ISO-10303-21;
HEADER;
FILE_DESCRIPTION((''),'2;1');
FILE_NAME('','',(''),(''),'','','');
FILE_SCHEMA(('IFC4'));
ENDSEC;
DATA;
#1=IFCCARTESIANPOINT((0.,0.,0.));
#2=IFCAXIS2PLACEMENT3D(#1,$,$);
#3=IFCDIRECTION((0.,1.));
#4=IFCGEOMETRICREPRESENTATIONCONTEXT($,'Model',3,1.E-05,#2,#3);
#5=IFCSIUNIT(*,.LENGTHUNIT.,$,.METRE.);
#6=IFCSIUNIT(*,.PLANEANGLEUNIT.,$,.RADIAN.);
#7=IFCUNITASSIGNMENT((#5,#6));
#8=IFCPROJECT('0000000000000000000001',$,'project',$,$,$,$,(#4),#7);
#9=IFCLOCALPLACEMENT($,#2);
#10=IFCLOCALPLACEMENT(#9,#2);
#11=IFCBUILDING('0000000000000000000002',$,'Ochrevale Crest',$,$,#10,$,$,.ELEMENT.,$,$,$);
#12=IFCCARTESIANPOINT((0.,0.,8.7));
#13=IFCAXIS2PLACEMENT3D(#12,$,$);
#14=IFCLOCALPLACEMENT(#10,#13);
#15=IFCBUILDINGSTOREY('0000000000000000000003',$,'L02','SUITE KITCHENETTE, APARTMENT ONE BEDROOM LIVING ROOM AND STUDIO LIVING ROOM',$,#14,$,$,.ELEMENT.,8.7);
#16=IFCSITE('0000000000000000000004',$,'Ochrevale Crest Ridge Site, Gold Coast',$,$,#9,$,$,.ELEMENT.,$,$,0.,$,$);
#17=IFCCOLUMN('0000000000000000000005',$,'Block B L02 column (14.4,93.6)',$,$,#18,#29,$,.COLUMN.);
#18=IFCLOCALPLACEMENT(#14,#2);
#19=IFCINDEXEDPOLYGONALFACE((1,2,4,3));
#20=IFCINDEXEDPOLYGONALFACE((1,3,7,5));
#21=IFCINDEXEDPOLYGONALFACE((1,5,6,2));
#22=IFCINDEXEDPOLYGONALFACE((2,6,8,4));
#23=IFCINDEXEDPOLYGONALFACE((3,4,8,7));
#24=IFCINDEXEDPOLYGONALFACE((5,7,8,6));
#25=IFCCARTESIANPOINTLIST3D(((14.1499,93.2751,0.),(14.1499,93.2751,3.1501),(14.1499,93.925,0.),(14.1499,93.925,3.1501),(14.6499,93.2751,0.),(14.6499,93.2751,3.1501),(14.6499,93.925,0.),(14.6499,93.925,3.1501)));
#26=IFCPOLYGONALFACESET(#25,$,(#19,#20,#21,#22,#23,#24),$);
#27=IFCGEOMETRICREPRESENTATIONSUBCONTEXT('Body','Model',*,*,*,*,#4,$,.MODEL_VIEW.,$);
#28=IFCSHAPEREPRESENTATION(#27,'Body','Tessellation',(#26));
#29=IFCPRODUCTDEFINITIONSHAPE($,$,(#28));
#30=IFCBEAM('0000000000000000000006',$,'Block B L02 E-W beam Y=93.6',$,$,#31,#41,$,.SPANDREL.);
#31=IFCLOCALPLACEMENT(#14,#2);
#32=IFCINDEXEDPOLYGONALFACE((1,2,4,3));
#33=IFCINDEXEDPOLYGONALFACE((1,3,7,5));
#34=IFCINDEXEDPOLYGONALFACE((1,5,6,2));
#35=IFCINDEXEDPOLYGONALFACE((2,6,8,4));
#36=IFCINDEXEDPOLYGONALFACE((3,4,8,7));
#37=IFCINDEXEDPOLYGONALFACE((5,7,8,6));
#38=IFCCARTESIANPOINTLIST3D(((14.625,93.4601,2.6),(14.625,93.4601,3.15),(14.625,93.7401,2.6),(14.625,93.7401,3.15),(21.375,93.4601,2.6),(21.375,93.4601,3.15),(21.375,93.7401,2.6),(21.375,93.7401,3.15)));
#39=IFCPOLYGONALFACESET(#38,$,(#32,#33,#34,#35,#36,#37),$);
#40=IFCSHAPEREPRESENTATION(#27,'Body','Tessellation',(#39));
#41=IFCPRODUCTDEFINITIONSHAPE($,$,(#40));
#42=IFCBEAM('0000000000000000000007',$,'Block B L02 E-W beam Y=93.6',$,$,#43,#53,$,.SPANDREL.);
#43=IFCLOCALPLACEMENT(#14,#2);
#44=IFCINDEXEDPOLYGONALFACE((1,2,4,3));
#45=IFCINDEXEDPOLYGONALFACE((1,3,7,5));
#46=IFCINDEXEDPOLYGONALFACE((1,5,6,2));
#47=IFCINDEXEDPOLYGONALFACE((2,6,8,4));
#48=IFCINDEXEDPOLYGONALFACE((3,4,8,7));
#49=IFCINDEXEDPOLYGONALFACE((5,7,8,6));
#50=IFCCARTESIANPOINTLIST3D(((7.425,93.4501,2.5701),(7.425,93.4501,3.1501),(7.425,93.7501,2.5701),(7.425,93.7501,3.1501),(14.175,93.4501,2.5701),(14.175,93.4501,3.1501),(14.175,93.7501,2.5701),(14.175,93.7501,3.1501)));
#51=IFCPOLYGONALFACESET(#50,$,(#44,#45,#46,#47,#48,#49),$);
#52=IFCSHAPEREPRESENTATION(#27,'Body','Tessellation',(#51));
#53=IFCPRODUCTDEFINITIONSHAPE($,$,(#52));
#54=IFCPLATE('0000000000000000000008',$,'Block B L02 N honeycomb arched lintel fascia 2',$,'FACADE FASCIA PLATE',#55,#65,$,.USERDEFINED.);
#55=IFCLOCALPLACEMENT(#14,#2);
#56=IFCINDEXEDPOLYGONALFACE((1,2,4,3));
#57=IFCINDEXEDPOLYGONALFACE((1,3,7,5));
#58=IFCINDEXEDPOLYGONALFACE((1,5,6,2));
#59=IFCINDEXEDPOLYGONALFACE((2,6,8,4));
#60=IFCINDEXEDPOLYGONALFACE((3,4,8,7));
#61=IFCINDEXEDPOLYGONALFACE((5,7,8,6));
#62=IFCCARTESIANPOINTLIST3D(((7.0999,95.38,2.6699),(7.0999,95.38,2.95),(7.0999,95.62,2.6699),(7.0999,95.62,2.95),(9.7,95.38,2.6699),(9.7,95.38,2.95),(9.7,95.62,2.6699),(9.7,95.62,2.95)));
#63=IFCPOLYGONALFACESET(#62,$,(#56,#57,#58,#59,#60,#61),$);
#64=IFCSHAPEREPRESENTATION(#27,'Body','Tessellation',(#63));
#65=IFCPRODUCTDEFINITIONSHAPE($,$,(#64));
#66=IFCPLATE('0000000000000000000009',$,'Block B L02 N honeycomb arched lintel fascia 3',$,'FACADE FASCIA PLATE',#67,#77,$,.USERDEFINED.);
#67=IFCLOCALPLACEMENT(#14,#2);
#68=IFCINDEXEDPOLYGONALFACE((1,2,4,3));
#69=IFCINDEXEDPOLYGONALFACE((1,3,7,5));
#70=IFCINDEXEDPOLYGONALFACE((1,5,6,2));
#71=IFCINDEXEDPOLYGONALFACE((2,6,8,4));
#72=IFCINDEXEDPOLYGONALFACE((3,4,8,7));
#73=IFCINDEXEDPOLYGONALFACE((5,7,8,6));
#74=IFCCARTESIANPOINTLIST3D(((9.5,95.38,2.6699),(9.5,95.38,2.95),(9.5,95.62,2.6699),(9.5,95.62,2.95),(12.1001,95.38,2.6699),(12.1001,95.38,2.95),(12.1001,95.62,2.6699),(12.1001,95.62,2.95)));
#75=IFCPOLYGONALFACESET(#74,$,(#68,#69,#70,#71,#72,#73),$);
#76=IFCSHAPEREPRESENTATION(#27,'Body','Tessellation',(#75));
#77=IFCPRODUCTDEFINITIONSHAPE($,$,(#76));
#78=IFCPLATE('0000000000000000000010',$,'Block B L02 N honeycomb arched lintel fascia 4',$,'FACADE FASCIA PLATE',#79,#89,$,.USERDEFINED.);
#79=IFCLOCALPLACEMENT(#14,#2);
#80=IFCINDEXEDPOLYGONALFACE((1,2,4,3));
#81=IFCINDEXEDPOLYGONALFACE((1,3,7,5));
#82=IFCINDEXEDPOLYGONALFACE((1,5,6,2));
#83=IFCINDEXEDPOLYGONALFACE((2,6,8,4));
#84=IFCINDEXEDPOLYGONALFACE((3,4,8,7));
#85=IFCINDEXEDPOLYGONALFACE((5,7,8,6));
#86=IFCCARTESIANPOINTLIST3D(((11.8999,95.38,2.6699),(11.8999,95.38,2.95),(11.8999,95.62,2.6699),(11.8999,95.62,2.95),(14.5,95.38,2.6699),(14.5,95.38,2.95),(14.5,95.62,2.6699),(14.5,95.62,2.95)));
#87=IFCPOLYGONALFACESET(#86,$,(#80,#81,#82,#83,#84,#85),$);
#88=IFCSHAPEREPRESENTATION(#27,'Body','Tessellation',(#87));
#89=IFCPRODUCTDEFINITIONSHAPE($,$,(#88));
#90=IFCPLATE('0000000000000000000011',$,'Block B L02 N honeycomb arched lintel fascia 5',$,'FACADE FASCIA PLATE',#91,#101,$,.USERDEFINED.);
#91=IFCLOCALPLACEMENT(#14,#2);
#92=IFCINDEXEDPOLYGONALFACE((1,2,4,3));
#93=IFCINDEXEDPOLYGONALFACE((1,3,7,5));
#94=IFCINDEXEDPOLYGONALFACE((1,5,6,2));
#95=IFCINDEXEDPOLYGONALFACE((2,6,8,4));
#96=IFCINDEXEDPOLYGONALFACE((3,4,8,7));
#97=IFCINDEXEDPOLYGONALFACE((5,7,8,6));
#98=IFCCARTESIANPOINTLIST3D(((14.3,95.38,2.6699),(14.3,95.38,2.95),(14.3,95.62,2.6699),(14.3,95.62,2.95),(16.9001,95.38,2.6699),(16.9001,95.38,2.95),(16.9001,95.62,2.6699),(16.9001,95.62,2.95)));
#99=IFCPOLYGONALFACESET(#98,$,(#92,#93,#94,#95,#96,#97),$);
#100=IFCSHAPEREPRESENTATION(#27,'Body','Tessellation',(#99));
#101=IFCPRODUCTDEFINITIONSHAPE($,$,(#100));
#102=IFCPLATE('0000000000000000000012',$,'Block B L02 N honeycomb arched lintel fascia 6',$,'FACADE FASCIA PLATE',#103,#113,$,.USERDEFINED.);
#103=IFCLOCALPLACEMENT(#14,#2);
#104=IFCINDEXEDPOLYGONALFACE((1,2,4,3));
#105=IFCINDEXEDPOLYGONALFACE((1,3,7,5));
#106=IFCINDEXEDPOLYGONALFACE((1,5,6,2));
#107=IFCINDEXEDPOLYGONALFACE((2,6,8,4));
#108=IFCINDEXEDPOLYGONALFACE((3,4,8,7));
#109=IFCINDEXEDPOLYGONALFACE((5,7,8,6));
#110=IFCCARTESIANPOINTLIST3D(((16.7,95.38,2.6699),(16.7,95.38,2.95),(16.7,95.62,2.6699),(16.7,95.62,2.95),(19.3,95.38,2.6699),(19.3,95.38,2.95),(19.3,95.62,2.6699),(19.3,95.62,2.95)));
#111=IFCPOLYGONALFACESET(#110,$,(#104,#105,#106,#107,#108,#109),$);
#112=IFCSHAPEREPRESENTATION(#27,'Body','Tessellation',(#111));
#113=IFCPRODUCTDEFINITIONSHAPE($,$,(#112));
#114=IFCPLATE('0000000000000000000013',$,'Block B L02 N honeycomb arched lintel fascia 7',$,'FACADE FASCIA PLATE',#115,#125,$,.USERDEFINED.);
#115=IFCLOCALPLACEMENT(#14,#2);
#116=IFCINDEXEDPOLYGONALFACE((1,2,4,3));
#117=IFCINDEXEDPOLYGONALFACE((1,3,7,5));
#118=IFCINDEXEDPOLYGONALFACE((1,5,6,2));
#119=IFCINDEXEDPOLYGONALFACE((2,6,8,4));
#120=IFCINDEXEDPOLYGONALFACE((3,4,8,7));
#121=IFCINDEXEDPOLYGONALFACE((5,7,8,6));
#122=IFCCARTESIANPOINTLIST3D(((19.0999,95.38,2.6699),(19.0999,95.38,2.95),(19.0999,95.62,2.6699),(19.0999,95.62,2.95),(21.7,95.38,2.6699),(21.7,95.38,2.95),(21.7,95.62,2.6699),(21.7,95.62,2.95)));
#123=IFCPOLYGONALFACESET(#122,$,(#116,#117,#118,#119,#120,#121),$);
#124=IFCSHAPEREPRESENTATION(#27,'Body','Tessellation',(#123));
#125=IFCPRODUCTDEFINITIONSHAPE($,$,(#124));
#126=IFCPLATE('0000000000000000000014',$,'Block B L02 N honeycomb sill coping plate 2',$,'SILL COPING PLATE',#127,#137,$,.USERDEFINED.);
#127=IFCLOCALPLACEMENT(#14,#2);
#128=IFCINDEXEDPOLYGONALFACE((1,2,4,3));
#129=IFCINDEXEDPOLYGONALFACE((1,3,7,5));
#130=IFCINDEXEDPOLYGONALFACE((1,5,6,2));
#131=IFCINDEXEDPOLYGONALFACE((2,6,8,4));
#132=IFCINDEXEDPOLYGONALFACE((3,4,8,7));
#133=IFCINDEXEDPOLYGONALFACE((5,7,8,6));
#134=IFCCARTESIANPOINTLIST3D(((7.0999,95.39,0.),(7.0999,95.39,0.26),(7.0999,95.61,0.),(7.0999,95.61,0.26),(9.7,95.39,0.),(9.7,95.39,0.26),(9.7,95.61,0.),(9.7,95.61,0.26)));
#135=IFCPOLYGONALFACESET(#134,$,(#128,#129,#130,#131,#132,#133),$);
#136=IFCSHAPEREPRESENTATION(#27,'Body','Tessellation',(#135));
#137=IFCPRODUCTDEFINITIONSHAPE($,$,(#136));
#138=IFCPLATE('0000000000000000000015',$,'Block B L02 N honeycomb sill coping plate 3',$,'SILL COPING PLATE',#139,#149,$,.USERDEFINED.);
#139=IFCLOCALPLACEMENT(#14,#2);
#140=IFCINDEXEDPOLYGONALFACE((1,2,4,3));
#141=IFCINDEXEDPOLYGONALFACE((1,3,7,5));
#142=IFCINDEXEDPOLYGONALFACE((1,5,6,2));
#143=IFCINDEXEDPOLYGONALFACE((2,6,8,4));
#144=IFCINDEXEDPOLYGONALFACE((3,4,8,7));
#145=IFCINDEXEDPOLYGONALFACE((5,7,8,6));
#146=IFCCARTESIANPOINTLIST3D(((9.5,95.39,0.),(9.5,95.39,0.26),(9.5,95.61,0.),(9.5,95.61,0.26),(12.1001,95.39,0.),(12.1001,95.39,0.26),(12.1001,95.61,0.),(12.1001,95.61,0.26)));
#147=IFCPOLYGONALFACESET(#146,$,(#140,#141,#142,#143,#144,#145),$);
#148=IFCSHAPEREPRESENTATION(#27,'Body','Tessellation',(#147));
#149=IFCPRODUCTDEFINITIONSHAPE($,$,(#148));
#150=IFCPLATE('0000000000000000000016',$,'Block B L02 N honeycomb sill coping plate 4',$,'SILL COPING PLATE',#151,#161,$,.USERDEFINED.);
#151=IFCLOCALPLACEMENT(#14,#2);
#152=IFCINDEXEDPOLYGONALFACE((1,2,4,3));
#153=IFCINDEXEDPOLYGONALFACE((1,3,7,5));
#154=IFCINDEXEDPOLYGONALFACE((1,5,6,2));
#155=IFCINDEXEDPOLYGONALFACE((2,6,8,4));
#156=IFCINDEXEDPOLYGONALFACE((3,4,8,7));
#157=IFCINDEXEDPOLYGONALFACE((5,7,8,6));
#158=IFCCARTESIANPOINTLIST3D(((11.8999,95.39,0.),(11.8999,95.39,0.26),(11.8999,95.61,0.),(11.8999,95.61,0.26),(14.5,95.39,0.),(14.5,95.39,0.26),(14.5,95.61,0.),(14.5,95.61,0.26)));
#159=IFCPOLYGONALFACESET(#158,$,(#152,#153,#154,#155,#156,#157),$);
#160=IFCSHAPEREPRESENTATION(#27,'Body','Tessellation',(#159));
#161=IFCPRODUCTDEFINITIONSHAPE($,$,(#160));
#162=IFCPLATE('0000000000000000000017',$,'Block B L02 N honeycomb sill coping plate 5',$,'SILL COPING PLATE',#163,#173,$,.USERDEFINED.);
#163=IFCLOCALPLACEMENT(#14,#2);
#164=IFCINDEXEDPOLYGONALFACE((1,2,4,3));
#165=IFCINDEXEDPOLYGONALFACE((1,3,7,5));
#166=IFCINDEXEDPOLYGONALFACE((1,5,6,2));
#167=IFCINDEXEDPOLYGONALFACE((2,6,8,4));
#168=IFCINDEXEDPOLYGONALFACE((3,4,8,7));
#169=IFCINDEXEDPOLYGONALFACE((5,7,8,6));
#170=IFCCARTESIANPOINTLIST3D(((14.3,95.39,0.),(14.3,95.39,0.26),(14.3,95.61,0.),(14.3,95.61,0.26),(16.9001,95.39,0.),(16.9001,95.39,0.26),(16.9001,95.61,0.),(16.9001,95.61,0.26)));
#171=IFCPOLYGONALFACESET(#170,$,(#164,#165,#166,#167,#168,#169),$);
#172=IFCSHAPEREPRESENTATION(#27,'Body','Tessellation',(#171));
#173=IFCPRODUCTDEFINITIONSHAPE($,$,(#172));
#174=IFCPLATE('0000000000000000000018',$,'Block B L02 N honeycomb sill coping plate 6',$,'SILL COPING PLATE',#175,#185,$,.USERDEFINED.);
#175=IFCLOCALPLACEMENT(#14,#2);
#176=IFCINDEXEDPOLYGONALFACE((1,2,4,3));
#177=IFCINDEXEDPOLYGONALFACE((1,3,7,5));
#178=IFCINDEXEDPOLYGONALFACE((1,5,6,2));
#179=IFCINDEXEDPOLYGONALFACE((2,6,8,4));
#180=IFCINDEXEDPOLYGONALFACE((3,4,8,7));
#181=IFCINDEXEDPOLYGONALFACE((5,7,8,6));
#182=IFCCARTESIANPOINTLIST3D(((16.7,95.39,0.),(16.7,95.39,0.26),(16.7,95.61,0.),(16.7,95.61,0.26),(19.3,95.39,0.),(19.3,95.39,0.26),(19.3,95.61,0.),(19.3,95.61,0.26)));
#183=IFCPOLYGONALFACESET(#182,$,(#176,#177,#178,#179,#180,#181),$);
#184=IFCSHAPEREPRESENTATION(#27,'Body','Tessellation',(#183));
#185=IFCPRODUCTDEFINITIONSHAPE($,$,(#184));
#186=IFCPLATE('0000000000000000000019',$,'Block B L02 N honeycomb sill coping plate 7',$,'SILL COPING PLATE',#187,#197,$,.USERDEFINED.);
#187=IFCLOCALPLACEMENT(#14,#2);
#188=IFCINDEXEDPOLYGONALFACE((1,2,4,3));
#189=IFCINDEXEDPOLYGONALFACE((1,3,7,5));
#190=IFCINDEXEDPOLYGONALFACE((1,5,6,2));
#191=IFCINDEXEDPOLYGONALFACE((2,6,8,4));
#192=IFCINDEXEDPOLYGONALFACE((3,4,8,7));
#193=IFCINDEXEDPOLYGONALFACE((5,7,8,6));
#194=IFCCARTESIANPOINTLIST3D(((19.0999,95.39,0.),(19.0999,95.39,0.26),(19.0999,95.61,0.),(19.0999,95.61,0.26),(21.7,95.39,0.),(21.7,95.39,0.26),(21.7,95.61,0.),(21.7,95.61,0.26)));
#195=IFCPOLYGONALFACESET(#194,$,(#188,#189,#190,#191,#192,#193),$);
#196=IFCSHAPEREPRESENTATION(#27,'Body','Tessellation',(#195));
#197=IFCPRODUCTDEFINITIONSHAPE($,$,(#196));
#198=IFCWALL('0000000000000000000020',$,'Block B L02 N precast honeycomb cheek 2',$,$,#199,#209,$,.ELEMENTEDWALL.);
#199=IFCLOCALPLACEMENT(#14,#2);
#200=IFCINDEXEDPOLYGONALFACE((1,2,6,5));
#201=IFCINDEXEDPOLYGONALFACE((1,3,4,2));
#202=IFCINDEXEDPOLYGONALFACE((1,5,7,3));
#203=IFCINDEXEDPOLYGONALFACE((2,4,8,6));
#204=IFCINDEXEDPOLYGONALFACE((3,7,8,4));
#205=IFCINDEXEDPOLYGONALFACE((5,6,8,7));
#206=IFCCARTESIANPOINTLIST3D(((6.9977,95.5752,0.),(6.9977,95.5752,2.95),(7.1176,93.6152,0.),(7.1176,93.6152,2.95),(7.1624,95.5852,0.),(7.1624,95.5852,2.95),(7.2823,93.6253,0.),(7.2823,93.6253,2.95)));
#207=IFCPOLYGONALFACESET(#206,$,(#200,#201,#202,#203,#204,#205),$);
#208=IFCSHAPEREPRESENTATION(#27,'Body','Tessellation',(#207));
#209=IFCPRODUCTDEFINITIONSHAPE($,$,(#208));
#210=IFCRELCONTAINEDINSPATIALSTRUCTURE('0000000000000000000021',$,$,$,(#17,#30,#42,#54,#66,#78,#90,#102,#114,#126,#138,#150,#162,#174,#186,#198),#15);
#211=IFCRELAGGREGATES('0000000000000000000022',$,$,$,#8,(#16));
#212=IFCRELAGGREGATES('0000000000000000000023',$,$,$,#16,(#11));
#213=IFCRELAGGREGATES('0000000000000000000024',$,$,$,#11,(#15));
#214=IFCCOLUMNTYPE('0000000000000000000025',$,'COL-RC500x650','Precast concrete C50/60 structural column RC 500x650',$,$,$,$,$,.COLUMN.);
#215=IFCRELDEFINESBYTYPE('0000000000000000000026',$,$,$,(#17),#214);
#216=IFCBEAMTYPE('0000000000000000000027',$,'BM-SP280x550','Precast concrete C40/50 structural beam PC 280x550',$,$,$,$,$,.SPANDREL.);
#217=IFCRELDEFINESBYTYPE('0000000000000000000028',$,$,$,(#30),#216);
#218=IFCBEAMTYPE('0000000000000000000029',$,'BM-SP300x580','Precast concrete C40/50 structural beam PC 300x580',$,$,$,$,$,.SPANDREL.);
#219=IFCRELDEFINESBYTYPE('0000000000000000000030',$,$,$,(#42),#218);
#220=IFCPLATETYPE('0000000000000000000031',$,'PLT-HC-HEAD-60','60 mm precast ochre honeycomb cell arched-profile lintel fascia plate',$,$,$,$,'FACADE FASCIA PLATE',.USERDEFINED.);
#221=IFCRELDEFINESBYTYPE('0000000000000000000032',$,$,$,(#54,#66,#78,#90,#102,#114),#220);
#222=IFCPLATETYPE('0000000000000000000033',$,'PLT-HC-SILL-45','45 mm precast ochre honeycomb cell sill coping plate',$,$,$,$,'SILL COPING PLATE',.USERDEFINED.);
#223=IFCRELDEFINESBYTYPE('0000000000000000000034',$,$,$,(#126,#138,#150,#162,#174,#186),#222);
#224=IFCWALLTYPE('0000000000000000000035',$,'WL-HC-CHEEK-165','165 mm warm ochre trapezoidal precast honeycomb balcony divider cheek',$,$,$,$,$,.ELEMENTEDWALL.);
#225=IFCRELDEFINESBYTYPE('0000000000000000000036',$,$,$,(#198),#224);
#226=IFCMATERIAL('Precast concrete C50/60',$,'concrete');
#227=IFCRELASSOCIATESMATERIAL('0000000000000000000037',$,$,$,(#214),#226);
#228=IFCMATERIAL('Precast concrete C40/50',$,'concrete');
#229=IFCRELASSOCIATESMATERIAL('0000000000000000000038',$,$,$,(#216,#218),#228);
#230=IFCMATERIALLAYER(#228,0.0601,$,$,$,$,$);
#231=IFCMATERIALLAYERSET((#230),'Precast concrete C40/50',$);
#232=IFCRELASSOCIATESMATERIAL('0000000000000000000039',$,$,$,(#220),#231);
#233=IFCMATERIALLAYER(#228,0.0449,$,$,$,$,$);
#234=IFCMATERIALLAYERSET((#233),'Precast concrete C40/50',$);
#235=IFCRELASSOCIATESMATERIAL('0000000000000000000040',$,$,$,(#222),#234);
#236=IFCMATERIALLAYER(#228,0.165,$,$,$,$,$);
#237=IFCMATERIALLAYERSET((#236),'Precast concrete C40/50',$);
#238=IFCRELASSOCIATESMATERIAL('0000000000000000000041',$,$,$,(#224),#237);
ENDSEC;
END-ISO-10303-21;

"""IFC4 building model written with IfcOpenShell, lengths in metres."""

from ifc_helpers import new_model, si_unit, direction, frame, frame_2d, origin, origin_2d, place, context, subcontext, project, spatial, rectangle, extrude, material, layer, layer_set, material_profile, profile_set, type_object, element, save


model = new_model("IFC4")

# Units and contexts
model_context = context("Model", 3, precision=1e-05, world=origin(), true_north=direction((0.0, 1.0)))
body_context = subcontext(model_context, "Body", "Model", "MODEL_VIEW")
ifc_project = project(units=[si_unit("LENGTHUNIT", "METRE"), si_unit("PLANEANGLEUNIT", "RADIAN")], contexts=[model_context])

# Site, building, storey
site_placement = place(None, origin())
site = spatial("IfcSite", under=ifc_project, at=site_placement, Name="Ochrevale Crest Ridge Site, Gold Coast", CompositionType="ELEMENT", RefElevation=0.0)
building_placement = place(site_placement, origin())
building = spatial("IfcBuilding", under=site, at=building_placement, Name="Ochrevale Crest", CompositionType="ELEMENT")
storey_placement = place(building_placement, frame((0.0, 0.0, 8.7)))
storey = spatial("IfcBuildingStorey", under=building, at=storey_placement, Name="L02", Description="SUITE KITCHENETTE, APARTMENT ONE BEDROOM LIVING ROOM AND STUDIO LIVING ROOM", CompositionType="ELEMENT", Elevation=8.7)

# Column
ifc_material_1 = material(Name="Precast concrete C50/60", Category="concrete")
ifc_material_profile_1 = material_profile(ifc_material_1, rectangle(XDim=0.5, YDim=0.6499, at=origin_2d()), Name="RC 500x650")
ifc_profile_set_1 = profile_set([ifc_material_profile_1], Name="Precast concrete C50/60")
column_type = type_object("IfcColumnType", Name="COL-RC500x650", Description="Precast concrete C50/60 structural column RC 500x650", PredefinedType="COLUMN", material=ifc_profile_set_1)
column_placement = place(storey_placement, frame((14.3999, 93.6001, 0.0), z_axis=(0.0, 0.0, 1.0), x_axis=(1.0, 0.0, 0.0)))
element("IfcColumn", 1, at=column_placement, inside=storey, type_object=column_type, Name="Block B L02 column (14.4,93.6)", PredefinedType="COLUMN", context=body_context, shape_type="SweptSolid", body=[
    extrude(rectangle(XDim=0.5, YDim=0.6499, at=origin_2d()), origin(), (0.0, 0.0, 1.0), 3.1501),
])

# Beams
ifc_material_2 = material(Name="Precast concrete C40/50", Category="concrete")
ifc_material_profile_2 = material_profile(ifc_material_2, rectangle(XDim=0.28, YDim=0.55, at=origin_2d()), Name="PC 280x550")
ifc_profile_set_2 = profile_set([ifc_material_profile_2], Name="Precast concrete C40/50")
beam_type_1 = type_object("IfcBeamType", Name="BM-SP280x550", Description="Precast concrete C40/50 structural beam PC 280x550", PredefinedType="SPANDREL", material=ifc_profile_set_2)
beam_1_placement = place(storey_placement, frame((14.625, 93.6001, 2.875), z_axis=(1.0, 0.0, 0.0), x_axis=(0.0, 1.0, 0.0)))
element("IfcBeam", 2, at=beam_1_placement, inside=storey, type_object=beam_type_1, Name="Block B L02 E-W beam Y=93.6", PredefinedType="SPANDREL", context=body_context, shape_type="SweptSolid", body=[
    extrude(rectangle(XDim=0.28, YDim=0.55, at=origin_2d()), origin(), (0.0, 0.0, 1.0), 6.75),
])
ifc_material_profile_3 = material_profile(ifc_material_2, rectangle(XDim=0.3, YDim=0.5801, at=origin_2d()), Name="PC 300x580")
ifc_profile_set_3 = profile_set([ifc_material_profile_3], Name="Precast concrete C40/50")
beam_type_2 = type_object("IfcBeamType", Name="BM-SP300x580", Description="Precast concrete C40/50 structural beam PC 300x580", PredefinedType="SPANDREL", material=ifc_profile_set_3)
beam_2_placement = place(storey_placement, frame((7.425, 93.6001, 2.8601), z_axis=(1.0, 0.0, 0.0), x_axis=(0.0, 1.0, 0.0)))
element("IfcBeam", 3, at=beam_2_placement, inside=storey, type_object=beam_type_2, Name="Block B L02 E-W beam Y=93.6", PredefinedType="SPANDREL", context=body_context, shape_type="SweptSolid", body=[
    extrude(rectangle(XDim=0.3, YDim=0.5801, at=origin_2d()), origin(), (0.0, 0.0, 1.0), 6.75),
])

# Plates
ifc_layer_1 = layer(ifc_material_2, 0.0601)
ifc_layer_set_1 = layer_set([ifc_layer_1], Name="Precast concrete C40/50")
plate_type_1 = type_object("IfcPlateType", Name="PLT-HC-HEAD-60", Description="60 mm precast ochre honeycomb cell arched-profile lintel fascia plate", ElementType="FACADE FASCIA PLATE", PredefinedType="USERDEFINED", material=ifc_layer_set_1)
for number, where, z_axis, x_axis, name in (
    (4, (8.3999, 95.5, 2.6699), (0.0, 0.0, 1.0), (1.0, 0.0, 0.0), "Block B L02 N honeycomb arched lintel fascia 2"),
    (5, (10.8, 95.5, 2.6699), (0.0, 0.0, 1.0), (1.0, 0.0, 0.0), "Block B L02 N honeycomb arched lintel fascia 3"),
    (6, (13.2, 95.5, 2.6699), (0.0, 0.0, 1.0), (1.0, 0.0, 0.0), "Block B L02 N honeycomb arched lintel fascia 4"),
    (7, (15.6001, 95.5, 2.6699), (0.0, 0.0, 1.0), (1.0, 0.0, 0.0), "Block B L02 N honeycomb arched lintel fascia 5"),
    (8, (18.0, 95.5, 2.6699), (0.0, 0.0, 1.0), (1.0, 0.0, 0.0), "Block B L02 N honeycomb arched lintel fascia 6"),
    (9, (20.3999, 95.5, 2.6699), (0.0, 0.0, 1.0), (1.0, 0.0, 0.0), "Block B L02 N honeycomb arched lintel fascia 7"),
):
    element("IfcPlate", number, at=place(storey_placement, frame(where, z_axis=z_axis, x_axis=x_axis)), inside=storey, type_object=plate_type_1, Name=name, ObjectType="FACADE FASCIA PLATE", PredefinedType="USERDEFINED", context=body_context, shape_type="SweptSolid", body=[
        extrude(rectangle(XDim=2.6001, YDim=0.24, at=origin_2d()), origin(), (0.0, 0.0, 1.0), 0.28),
    ])
ifc_layer_2 = layer(ifc_material_2, 0.0449)
ifc_layer_set_2 = layer_set([ifc_layer_2], Name="Precast concrete C40/50")
plate_type_2 = type_object("IfcPlateType", Name="PLT-HC-SILL-45", Description="45 mm precast ochre honeycomb cell sill coping plate", ElementType="SILL COPING PLATE", PredefinedType="USERDEFINED", material=ifc_layer_set_2)
for number, where, z_axis, x_axis, name in (
    (10, (8.3999, 95.5, 0.0), (0.0, 0.0, 1.0), (1.0, 0.0, 0.0), "Block B L02 N honeycomb sill coping plate 2"),
    (11, (10.8, 95.5, 0.0), (0.0, 0.0, 1.0), (1.0, 0.0, 0.0), "Block B L02 N honeycomb sill coping plate 3"),
    (12, (13.2, 95.5, 0.0), (0.0, 0.0, 1.0), (1.0, 0.0, 0.0), "Block B L02 N honeycomb sill coping plate 4"),
    (13, (15.6001, 95.5, 0.0), (0.0, 0.0, 1.0), (1.0, 0.0, 0.0), "Block B L02 N honeycomb sill coping plate 5"),
    (14, (18.0, 95.5, 0.0), (0.0, 0.0, 1.0), (1.0, 0.0, 0.0), "Block B L02 N honeycomb sill coping plate 6"),
    (15, (20.3999, 95.5, 0.0), (0.0, 0.0, 1.0), (1.0, 0.0, 0.0), "Block B L02 N honeycomb sill coping plate 7"),
):
    element("IfcPlate", number, at=place(storey_placement, frame(where, z_axis=z_axis, x_axis=x_axis)), inside=storey, type_object=plate_type_2, Name=name, ObjectType="SILL COPING PLATE", PredefinedType="USERDEFINED", context=body_context, shape_type="SweptSolid", body=[
        extrude(rectangle(XDim=2.6001, YDim=0.22, at=origin_2d()), origin(), (0.0, 0.0, 1.0), 0.26),
    ])

# Wall
ifc_layer_3 = layer(ifc_material_2, 0.165)
ifc_layer_set_3 = layer_set([ifc_layer_3], Name="Precast concrete C40/50")
wall_type_1 = type_object("IfcWallType", Name="WL-HC-CHEEK-165", Description="165 mm warm ochre trapezoidal precast honeycomb balcony divider cheek", PredefinedType="ELEMENTEDWALL", material=ifc_layer_set_3)
wall_1_placement = place(storey_placement, frame((7.2, 93.6201, 0.0), z_axis=(0.0, 0.0, 1.0), x_axis=(-0.061047, 0.998135, 0.0)))
element("IfcWall", 16, at=wall_1_placement, inside=storey, type_object=wall_type_1, Name="Block B L02 N precast honeycomb cheek 2", PredefinedType="ELEMENTEDWALL", context=body_context, shape_type="SweptSolid", body=[
    extrude(rectangle(XDim=1.9636, YDim=0.165, at=frame_2d((0.9819, 0.0))), origin(), (0.0, 0.0, 1.0), 2.95),
])

save(model, "model.ifc")
